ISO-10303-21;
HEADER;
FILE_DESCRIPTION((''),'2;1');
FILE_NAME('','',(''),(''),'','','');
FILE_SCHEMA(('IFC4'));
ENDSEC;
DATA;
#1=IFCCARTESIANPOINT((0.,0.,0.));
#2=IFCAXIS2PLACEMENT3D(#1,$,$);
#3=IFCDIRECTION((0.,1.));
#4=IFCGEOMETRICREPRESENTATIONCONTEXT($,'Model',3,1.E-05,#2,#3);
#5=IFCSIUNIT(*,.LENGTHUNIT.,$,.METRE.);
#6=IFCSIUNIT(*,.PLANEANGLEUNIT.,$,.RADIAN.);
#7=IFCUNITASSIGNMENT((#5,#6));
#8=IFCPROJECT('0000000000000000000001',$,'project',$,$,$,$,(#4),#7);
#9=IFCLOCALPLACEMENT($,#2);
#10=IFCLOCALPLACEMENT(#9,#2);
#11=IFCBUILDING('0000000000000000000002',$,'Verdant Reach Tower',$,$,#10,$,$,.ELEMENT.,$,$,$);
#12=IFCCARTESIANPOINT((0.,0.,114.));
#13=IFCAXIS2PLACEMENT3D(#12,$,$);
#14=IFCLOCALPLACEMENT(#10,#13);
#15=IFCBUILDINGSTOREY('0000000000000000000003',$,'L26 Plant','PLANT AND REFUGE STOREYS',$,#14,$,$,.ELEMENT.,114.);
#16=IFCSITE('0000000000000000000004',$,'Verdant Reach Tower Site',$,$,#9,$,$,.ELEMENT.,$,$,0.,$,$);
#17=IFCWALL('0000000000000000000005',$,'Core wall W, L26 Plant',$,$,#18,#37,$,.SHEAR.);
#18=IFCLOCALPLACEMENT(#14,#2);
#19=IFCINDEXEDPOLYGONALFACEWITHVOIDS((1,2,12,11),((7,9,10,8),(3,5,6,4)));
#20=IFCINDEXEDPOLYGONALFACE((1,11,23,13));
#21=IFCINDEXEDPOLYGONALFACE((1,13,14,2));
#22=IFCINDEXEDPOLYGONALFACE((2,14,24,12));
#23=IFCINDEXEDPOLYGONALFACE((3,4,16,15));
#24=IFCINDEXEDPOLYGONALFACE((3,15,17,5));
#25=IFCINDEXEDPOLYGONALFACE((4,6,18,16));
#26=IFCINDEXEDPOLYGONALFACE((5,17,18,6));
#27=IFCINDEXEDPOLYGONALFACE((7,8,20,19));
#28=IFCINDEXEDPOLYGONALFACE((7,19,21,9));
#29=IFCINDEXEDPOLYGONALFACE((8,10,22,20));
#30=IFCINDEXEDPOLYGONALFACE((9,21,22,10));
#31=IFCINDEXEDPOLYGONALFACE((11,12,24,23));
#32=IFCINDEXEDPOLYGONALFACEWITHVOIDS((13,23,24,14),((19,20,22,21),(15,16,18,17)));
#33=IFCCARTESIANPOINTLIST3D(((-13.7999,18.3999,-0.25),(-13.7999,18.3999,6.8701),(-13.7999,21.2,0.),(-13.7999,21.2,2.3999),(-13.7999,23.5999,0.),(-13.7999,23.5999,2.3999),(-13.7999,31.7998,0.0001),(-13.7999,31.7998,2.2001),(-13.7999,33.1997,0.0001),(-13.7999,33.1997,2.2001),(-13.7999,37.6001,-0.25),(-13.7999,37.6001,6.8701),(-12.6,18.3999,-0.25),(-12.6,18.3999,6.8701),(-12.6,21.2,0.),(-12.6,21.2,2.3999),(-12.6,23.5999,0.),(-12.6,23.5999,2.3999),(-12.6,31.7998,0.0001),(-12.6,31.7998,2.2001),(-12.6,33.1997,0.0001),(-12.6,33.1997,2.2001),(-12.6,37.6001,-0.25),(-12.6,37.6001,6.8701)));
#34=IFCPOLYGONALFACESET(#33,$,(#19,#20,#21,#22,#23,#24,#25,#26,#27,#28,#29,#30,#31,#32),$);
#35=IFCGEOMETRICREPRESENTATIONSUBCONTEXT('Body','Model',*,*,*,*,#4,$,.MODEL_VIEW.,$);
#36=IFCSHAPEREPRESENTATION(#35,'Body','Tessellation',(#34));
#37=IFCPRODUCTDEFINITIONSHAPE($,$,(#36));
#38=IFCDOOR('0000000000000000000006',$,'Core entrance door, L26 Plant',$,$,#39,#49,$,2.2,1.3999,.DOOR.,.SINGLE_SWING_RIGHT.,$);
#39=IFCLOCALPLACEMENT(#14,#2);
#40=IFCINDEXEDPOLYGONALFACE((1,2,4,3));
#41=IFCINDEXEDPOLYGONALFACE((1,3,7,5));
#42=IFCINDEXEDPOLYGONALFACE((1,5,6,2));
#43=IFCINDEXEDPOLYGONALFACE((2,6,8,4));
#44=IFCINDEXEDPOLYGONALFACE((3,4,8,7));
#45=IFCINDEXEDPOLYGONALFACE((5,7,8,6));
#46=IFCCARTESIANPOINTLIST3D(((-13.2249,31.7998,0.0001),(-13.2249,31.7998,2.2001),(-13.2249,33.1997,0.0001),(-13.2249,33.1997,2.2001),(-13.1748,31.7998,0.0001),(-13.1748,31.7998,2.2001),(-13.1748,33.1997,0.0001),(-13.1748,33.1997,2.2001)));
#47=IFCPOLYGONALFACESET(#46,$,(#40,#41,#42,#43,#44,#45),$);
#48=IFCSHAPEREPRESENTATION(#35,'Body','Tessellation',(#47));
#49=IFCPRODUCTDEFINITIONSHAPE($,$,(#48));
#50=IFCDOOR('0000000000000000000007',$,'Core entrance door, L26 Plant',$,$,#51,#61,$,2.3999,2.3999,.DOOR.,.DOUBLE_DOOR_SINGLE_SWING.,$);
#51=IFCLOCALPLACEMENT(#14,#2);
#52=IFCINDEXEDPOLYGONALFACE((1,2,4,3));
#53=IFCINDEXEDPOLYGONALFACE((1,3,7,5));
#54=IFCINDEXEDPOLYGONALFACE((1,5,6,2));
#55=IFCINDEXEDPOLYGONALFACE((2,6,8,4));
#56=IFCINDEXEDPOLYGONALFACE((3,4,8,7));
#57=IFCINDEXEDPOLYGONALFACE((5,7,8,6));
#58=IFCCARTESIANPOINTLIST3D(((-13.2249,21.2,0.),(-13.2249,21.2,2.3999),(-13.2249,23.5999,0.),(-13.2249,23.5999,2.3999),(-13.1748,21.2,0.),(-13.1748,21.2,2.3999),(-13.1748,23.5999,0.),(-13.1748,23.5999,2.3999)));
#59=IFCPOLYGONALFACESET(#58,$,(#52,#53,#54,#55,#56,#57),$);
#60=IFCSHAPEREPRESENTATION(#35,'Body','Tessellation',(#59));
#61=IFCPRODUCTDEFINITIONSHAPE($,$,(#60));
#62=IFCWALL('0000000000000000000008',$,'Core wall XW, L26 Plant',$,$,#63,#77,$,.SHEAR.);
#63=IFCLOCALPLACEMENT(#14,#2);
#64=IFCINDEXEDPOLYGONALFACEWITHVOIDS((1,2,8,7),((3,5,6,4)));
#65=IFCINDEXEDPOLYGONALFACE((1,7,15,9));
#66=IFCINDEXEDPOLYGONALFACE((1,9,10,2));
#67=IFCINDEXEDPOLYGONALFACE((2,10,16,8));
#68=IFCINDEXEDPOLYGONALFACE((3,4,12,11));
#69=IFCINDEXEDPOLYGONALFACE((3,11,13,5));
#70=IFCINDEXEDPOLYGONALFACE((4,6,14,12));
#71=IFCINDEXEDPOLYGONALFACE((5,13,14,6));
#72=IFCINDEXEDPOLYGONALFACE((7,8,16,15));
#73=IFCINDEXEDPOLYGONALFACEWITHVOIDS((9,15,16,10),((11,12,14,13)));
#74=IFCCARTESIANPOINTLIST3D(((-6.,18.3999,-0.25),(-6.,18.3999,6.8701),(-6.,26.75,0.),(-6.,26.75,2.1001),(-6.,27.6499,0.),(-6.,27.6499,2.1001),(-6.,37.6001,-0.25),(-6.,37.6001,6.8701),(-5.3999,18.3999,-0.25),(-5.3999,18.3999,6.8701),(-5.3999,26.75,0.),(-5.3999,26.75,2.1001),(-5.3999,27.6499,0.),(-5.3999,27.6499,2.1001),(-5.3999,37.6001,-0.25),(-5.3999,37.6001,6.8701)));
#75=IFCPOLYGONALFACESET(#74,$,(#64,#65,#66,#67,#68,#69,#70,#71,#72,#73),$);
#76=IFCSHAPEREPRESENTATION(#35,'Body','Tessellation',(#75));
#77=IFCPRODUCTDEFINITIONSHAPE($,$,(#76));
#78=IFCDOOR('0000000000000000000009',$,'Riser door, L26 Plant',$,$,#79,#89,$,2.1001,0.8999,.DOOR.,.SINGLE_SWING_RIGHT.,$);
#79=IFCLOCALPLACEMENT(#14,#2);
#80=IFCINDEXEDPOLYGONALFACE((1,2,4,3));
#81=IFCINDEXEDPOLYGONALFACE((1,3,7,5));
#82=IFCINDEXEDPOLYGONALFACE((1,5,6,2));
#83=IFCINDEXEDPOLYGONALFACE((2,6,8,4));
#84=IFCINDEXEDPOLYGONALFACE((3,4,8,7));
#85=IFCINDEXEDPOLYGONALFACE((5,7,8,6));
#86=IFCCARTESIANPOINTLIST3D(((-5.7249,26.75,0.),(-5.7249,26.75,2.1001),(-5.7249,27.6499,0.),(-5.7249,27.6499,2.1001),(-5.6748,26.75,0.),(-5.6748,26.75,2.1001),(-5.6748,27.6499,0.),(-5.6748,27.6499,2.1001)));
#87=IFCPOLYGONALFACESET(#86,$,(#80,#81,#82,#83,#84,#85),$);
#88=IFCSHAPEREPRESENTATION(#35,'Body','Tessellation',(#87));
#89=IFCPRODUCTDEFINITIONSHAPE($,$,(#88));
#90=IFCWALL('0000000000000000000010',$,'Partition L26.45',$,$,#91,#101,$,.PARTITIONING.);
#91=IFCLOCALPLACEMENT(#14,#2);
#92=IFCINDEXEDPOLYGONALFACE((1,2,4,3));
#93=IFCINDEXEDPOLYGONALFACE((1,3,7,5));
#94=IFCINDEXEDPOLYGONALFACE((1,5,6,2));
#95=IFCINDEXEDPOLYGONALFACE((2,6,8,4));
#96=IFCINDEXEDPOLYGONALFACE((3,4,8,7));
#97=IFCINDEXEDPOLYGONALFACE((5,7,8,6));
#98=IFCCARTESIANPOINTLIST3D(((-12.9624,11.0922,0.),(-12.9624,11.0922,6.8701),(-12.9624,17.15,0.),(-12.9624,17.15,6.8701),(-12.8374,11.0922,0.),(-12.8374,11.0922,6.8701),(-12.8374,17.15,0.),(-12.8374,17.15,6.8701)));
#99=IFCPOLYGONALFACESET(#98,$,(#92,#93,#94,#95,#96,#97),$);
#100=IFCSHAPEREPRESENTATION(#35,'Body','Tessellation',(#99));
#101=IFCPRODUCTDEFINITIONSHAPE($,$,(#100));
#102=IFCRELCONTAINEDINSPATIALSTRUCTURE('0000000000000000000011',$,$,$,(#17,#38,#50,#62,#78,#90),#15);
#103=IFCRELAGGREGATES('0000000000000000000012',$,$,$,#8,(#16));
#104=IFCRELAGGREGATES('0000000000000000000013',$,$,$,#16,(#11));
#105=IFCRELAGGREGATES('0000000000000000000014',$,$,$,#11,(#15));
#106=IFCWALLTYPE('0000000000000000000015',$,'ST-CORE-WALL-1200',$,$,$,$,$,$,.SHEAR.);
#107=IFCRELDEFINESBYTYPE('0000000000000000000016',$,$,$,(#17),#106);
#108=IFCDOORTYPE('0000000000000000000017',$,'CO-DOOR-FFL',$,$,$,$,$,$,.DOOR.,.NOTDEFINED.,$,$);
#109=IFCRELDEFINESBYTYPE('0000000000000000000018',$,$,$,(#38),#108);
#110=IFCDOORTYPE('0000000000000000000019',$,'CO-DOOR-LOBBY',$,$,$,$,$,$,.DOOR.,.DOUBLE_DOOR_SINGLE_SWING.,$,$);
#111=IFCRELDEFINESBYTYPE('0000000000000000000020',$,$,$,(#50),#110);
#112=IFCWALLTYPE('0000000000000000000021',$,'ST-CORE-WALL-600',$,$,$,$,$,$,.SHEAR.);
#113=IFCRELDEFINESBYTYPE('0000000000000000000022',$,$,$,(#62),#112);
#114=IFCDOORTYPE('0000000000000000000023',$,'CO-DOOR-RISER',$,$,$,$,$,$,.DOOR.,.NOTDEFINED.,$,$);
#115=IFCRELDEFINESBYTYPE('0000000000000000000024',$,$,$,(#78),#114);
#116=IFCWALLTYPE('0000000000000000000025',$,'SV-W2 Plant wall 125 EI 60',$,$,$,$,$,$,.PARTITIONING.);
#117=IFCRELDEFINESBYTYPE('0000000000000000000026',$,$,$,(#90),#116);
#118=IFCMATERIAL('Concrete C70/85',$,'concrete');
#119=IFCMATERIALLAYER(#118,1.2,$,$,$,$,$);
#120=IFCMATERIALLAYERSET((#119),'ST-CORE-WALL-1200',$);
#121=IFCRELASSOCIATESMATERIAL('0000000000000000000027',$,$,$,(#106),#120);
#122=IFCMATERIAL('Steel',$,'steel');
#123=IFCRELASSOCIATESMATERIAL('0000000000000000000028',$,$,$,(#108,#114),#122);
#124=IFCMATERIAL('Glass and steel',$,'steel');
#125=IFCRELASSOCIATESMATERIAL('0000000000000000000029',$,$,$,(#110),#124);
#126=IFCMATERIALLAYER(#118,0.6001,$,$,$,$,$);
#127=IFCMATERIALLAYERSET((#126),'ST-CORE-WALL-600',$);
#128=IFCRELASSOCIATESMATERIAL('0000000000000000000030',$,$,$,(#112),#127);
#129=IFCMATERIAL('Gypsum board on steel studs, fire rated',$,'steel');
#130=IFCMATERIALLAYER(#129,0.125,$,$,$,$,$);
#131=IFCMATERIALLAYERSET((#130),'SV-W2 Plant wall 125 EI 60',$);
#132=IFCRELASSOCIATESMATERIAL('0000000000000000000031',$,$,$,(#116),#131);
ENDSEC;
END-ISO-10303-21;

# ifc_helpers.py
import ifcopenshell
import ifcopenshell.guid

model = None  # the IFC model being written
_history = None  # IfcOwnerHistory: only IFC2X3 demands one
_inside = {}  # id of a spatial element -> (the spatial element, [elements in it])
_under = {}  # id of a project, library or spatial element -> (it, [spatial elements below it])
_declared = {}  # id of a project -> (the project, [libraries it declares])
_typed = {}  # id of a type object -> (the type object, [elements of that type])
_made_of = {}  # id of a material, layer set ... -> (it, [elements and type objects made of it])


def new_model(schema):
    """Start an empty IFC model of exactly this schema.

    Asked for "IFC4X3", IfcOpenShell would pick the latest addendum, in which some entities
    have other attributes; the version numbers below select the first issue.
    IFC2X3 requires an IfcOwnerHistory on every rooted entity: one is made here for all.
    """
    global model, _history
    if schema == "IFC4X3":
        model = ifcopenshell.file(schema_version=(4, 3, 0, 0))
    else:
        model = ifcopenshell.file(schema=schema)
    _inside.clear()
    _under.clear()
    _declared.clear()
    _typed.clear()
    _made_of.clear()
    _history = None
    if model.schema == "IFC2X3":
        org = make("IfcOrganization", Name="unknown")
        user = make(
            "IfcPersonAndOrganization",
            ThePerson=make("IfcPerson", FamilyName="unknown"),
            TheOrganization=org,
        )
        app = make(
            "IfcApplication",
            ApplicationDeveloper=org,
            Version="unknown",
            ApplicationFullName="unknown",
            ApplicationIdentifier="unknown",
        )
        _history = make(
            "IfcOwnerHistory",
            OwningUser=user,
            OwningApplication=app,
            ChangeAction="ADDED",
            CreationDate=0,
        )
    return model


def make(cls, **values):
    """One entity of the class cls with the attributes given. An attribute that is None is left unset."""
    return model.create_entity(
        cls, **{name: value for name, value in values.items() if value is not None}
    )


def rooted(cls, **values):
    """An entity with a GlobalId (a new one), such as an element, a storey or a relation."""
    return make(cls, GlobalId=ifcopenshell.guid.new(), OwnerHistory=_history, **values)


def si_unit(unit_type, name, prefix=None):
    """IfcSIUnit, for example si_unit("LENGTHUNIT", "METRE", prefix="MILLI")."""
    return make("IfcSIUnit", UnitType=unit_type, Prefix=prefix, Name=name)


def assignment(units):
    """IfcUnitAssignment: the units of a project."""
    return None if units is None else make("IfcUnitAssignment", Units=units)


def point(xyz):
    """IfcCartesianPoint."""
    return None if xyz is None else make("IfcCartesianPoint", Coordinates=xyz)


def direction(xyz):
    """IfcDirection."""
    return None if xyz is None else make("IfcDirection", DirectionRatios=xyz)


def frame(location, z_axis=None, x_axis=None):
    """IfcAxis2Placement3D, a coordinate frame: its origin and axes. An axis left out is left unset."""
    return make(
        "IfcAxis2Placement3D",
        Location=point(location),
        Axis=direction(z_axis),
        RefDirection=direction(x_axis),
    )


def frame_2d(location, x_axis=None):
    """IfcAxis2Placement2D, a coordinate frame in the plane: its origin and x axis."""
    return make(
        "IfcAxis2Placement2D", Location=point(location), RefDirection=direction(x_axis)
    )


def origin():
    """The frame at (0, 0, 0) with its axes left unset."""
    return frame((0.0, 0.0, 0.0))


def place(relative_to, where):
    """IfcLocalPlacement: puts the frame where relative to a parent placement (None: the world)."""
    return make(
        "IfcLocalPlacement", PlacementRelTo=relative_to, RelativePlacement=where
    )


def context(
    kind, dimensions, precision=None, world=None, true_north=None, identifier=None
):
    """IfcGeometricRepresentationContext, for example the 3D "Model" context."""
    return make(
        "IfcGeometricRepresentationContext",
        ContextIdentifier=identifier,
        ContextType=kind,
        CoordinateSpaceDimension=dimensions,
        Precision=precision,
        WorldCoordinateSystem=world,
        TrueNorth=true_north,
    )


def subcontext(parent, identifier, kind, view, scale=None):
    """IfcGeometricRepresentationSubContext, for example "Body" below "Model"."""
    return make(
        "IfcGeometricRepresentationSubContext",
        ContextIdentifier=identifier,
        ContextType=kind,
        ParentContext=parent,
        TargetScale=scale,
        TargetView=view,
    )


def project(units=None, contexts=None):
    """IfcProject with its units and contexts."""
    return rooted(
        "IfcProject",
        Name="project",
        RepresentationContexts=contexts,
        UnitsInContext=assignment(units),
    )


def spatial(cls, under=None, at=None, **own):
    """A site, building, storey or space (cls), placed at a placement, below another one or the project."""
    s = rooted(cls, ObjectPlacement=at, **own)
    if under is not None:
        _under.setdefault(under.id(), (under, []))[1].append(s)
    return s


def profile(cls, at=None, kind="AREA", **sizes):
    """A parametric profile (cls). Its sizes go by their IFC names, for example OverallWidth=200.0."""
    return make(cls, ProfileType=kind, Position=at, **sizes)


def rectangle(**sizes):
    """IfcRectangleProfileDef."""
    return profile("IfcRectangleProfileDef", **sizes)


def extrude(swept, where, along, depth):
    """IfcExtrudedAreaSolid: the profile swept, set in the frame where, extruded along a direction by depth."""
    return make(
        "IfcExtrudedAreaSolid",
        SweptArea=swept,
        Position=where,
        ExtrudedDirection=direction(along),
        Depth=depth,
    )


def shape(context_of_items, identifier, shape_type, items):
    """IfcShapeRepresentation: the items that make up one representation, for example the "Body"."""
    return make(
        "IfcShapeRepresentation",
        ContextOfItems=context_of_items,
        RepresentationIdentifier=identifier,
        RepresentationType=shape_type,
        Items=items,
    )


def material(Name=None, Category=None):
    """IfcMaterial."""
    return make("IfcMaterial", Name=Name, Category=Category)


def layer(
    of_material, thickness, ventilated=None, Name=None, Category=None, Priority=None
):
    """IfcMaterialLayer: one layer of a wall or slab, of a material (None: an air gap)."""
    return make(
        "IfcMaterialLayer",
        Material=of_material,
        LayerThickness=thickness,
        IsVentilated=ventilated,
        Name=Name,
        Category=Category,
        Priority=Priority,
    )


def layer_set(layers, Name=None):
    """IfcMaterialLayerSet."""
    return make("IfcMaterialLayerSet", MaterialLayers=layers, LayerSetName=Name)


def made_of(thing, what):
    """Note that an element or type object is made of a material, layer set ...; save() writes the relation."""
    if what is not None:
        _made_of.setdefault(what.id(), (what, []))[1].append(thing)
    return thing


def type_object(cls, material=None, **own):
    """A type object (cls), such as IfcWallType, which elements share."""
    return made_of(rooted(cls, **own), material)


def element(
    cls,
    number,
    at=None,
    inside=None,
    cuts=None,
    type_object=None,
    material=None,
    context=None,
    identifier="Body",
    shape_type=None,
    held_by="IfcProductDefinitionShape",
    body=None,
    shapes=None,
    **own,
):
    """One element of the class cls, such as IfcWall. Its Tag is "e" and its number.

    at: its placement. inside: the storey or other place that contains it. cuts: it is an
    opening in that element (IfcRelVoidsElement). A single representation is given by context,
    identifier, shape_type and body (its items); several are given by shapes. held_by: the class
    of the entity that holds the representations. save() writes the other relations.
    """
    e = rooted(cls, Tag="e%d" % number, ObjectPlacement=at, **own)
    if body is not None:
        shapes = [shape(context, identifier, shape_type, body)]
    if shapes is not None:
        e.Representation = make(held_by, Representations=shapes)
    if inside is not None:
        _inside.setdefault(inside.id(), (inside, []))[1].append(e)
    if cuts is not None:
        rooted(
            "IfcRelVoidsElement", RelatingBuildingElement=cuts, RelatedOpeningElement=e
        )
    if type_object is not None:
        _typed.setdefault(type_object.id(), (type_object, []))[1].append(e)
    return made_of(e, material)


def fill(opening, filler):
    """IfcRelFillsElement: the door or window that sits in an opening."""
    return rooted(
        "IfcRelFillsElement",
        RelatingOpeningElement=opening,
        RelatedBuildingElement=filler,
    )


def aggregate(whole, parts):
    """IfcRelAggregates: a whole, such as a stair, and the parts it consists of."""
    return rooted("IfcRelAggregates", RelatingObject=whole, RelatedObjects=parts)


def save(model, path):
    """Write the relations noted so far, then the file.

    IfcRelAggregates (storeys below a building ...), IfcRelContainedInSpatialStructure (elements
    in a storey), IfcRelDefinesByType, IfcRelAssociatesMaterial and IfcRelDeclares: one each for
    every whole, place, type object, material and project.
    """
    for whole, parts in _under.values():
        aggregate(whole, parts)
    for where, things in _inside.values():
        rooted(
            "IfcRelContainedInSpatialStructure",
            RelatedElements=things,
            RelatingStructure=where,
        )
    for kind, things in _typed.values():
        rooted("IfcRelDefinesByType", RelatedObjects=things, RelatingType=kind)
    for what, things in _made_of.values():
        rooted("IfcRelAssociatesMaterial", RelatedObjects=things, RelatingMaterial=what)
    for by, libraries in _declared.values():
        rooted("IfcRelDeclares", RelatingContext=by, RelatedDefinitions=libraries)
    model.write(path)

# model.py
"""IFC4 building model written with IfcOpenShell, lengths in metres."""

from ifc_helpers import new_model, si_unit, direction, frame, frame_2d, origin, place, context, subcontext, project, spatial, rectangle, extrude, material, layer, layer_set, type_object, element, fill, save


model = new_model("IFC4")

# Units and contexts
model_context = context("Model", 3, precision=1e-05, world=origin(), true_north=direction((0.0, 1.0)))
body_context = subcontext(model_context, "Body", "Model", "MODEL_VIEW")
ifc_project = project(units=[si_unit("LENGTHUNIT", "METRE"), si_unit("PLANEANGLEUNIT", "RADIAN")], contexts=[model_context])

# Site, building, storey
site_placement = place(None, origin())
site = spatial("IfcSite", under=ifc_project, at=site_placement, Name="Verdant Reach Tower Site", CompositionType="ELEMENT", RefElevation=0.0)
building_placement = place(site_placement, origin())
building = spatial("IfcBuilding", under=site, at=building_placement, Name="Verdant Reach Tower", CompositionType="ELEMENT")
storey_placement = place(building_placement, frame((0.0, 0.0, 114.0)))
storey = spatial("IfcBuildingStorey", under=building, at=storey_placement, Name="L26 Plant", Description="PLANT AND REFUGE STOREYS", CompositionType="ELEMENT", Elevation=114.0)

# Shared definitions
ifc_material_1 = material(Name="Concrete C70/85", Category="concrete")
ifc_layer_1 = layer(ifc_material_1, 1.2)
ifc_layer_set_1 = layer_set([ifc_layer_1], Name="ST-CORE-WALL-1200")
wall_type_1 = type_object("IfcWallType", Name="ST-CORE-WALL-1200", PredefinedType="SHEAR", material=ifc_layer_set_1)

# Wall, openings, doors
wall_1_placement = place(storey_placement, frame((-13.2, 18.3999, -0.25), z_axis=(0.0, 0.0, 1.0), x_axis=(0.0, 1.0, 0.0)))
wall_1 = element("IfcWall", 1, at=wall_1_placement, inside=storey, type_object=wall_type_1, Name="Core wall W, L26 Plant", PredefinedType="SHEAR", context=body_context, shape_type="SweptSolid", body=[
    extrude(rectangle(XDim=19.2002, YDim=1.2, at=frame_2d((9.6001, 0.0))), origin(), (0.0, 0.0, 1.0), 7.1201),
])
opening_1_placement = place(wall_1_placement, frame((2.8, 0.0, 0.25)))
opening_1 = element("IfcOpeningElement", 2, at=opening_1_placement, cuts=wall_1, PredefinedType="OPENING", context=body_context, shape_type="SweptSolid", body=[
    extrude(rectangle(XDim=2.3999, YDim=2.3999, at=frame_2d((1.2, 1.2))), frame((0.0, 0.6099, 0.0), z_axis=(0.0, -1.0, 0.0), x_axis=(1.0, 0.0, 0.0)), (0.0, 0.0, 1.0), 1.22),
])
opening_2_placement = place(wall_1_placement, frame((13.3999, 0.0, 0.25)))
opening_2 = element("IfcOpeningElement", 3, at=opening_2_placement, cuts=wall_1, PredefinedType="OPENING", context=body_context, shape_type="SweptSolid", body=[
    extrude(rectangle(XDim=1.3999, YDim=2.2, at=frame_2d((0.7, 1.1001))), frame((0.0, 0.6099, 0.0), z_axis=(0.0, -1.0, 0.0), x_axis=(1.0, 0.0, 0.0)), (0.0, 0.0, 1.0), 1.22),
])
ifc_material_2 = material(Name="Steel", Category="steel")
door_type_1 = type_object("IfcDoorType", Name="CO-DOOR-FFL", OperationType="NOTDEFINED", PredefinedType="DOOR", material=ifc_material_2)
door_1_placement = place(opening_2_placement, origin())
door_1 = element("IfcDoor", 4, at=door_1_placement, inside=storey, type_object=door_type_1, Name="Core entrance door, L26 Plant", OperationType="SINGLE_SWING_RIGHT", OverallHeight=2.2, OverallWidth=1.3999, PredefinedType="DOOR", context=body_context, shape_type="SweptSolid", body=[
    extrude(rectangle(XDim=1.3999, YDim=2.2, at=frame_2d((0.7, 1.1001))), frame((0.0, 0.0249, 0.0), z_axis=(0.0, -1.0, 0.0), x_axis=(1.0, 0.0, 0.0)), (0.0, 0.0, 1.0), 0.05),
])
fill(opening_2, door_1)
ifc_material_3 = material(Name="Glass and steel", Category="steel")
door_type_2 = type_object("IfcDoorType", Name="CO-DOOR-LOBBY", OperationType="DOUBLE_DOOR_SINGLE_SWING", PredefinedType="DOOR", material=ifc_material_3)
door_2_placement = place(opening_1_placement, origin())
door_2 = element("IfcDoor", 5, at=door_2_placement, inside=storey, type_object=door_type_2, Name="Core entrance door, L26 Plant", OperationType="DOUBLE_DOOR_SINGLE_SWING", OverallHeight=2.3999, OverallWidth=2.3999, PredefinedType="DOOR", context=body_context, shape_type="SweptSolid", body=[
    extrude(rectangle(XDim=2.3999, YDim=2.3999, at=frame_2d((1.2, 1.2))), frame((0.0, 0.0249, 0.0), z_axis=(0.0, -1.0, 0.0), x_axis=(1.0, 0.0, 0.0)), (0.0, 0.0, 1.0), 0.05),
])
fill(opening_1, door_2)

# Wall, opening, door
ifc_layer_2 = layer(ifc_material_1, 0.6001)
ifc_layer_set_2 = layer_set([ifc_layer_2], Name="ST-CORE-WALL-600")
wall_type_2 = type_object("IfcWallType", Name="ST-CORE-WALL-600", PredefinedType="SHEAR", material=ifc_layer_set_2)
wall_2_placement = place(storey_placement, frame((-5.7, 18.3999, -0.25), z_axis=(0.0, 0.0, 1.0), x_axis=(0.0, 1.0, 0.0)))
wall_2 = element("IfcWall", 6, at=wall_2_placement, inside=storey, type_object=wall_type_2, Name="Core wall XW, L26 Plant", PredefinedType="SHEAR", context=body_context, shape_type="SweptSolid", body=[
    extrude(rectangle(XDim=19.2002, YDim=0.6001, at=frame_2d((9.6001, 0.0))), origin(), (0.0, 0.0, 1.0), 7.1201),
])
opening_3_placement = place(wall_2_placement, frame((8.3501, 0.0, 0.25)))
opening_3 = element("IfcOpeningElement", 7, at=opening_3_placement, cuts=wall_2, PredefinedType="OPENING", context=body_context, shape_type="SweptSolid", body=[
    extrude(rectangle(XDim=0.8999, YDim=2.1001, at=frame_2d((0.45, 1.05))), frame((0.0, 0.3101, 0.0), z_axis=(0.0, -1.0, 0.0), x_axis=(1.0, 0.0, 0.0)), (0.0, 0.0, 1.0), 0.6201),
])
door_type_3 = type_object("IfcDoorType", Name="CO-DOOR-RISER", OperationType="NOTDEFINED", PredefinedType="DOOR", material=ifc_material_2)
door_3_placement = place(opening_3_placement, origin())
door_3 = element("IfcDoor", 8, at=door_3_placement, inside=storey, type_object=door_type_3, Name="Riser door, L26 Plant", OperationType="SINGLE_SWING_RIGHT", OverallHeight=2.1001, OverallWidth=0.8999, PredefinedType="DOOR", context=body_context, shape_type="SweptSolid", body=[
    extrude(rectangle(XDim=0.8999, YDim=2.1001, at=frame_2d((0.45, 1.05))), frame((0.0, 0.0249, 0.0), z_axis=(0.0, -1.0, 0.0), x_axis=(1.0, 0.0, 0.0)), (0.0, 0.0, 1.0), 0.05),
])
fill(opening_3, door_3)

# Wall
ifc_material_4 = material(Name="Gypsum board on steel studs, fire rated", Category="steel")
ifc_layer_3 = layer(ifc_material_4, 0.125)
ifc_layer_set_3 = layer_set([ifc_layer_3], Name="SV-W2 Plant wall 125 EI 60")
wall_type_3 = type_object("IfcWallType", Name="SV-W2 Plant wall 125 EI 60", PredefinedType="PARTITIONING", material=ifc_layer_set_3)
wall_3_placement = place(storey_placement, frame((-12.8999, 17.1499, 0.0), z_axis=(0.0, 0.0, 1.0), x_axis=(0.0, -1.0, 0.0)))
element("IfcWall", 9, at=wall_3_placement, inside=storey, type_object=wall_type_3, Name="Partition L26.45", PredefinedType="PARTITIONING", context=body_context, shape_type="SweptSolid", body=[
    extrude(rectangle(XDim=6.0579, YDim=0.125, at=frame_2d((3.0288, 0.0))), origin(), (0.0, 0.0, 1.0), 6.8701),
])

save(model, "model.ifc")
